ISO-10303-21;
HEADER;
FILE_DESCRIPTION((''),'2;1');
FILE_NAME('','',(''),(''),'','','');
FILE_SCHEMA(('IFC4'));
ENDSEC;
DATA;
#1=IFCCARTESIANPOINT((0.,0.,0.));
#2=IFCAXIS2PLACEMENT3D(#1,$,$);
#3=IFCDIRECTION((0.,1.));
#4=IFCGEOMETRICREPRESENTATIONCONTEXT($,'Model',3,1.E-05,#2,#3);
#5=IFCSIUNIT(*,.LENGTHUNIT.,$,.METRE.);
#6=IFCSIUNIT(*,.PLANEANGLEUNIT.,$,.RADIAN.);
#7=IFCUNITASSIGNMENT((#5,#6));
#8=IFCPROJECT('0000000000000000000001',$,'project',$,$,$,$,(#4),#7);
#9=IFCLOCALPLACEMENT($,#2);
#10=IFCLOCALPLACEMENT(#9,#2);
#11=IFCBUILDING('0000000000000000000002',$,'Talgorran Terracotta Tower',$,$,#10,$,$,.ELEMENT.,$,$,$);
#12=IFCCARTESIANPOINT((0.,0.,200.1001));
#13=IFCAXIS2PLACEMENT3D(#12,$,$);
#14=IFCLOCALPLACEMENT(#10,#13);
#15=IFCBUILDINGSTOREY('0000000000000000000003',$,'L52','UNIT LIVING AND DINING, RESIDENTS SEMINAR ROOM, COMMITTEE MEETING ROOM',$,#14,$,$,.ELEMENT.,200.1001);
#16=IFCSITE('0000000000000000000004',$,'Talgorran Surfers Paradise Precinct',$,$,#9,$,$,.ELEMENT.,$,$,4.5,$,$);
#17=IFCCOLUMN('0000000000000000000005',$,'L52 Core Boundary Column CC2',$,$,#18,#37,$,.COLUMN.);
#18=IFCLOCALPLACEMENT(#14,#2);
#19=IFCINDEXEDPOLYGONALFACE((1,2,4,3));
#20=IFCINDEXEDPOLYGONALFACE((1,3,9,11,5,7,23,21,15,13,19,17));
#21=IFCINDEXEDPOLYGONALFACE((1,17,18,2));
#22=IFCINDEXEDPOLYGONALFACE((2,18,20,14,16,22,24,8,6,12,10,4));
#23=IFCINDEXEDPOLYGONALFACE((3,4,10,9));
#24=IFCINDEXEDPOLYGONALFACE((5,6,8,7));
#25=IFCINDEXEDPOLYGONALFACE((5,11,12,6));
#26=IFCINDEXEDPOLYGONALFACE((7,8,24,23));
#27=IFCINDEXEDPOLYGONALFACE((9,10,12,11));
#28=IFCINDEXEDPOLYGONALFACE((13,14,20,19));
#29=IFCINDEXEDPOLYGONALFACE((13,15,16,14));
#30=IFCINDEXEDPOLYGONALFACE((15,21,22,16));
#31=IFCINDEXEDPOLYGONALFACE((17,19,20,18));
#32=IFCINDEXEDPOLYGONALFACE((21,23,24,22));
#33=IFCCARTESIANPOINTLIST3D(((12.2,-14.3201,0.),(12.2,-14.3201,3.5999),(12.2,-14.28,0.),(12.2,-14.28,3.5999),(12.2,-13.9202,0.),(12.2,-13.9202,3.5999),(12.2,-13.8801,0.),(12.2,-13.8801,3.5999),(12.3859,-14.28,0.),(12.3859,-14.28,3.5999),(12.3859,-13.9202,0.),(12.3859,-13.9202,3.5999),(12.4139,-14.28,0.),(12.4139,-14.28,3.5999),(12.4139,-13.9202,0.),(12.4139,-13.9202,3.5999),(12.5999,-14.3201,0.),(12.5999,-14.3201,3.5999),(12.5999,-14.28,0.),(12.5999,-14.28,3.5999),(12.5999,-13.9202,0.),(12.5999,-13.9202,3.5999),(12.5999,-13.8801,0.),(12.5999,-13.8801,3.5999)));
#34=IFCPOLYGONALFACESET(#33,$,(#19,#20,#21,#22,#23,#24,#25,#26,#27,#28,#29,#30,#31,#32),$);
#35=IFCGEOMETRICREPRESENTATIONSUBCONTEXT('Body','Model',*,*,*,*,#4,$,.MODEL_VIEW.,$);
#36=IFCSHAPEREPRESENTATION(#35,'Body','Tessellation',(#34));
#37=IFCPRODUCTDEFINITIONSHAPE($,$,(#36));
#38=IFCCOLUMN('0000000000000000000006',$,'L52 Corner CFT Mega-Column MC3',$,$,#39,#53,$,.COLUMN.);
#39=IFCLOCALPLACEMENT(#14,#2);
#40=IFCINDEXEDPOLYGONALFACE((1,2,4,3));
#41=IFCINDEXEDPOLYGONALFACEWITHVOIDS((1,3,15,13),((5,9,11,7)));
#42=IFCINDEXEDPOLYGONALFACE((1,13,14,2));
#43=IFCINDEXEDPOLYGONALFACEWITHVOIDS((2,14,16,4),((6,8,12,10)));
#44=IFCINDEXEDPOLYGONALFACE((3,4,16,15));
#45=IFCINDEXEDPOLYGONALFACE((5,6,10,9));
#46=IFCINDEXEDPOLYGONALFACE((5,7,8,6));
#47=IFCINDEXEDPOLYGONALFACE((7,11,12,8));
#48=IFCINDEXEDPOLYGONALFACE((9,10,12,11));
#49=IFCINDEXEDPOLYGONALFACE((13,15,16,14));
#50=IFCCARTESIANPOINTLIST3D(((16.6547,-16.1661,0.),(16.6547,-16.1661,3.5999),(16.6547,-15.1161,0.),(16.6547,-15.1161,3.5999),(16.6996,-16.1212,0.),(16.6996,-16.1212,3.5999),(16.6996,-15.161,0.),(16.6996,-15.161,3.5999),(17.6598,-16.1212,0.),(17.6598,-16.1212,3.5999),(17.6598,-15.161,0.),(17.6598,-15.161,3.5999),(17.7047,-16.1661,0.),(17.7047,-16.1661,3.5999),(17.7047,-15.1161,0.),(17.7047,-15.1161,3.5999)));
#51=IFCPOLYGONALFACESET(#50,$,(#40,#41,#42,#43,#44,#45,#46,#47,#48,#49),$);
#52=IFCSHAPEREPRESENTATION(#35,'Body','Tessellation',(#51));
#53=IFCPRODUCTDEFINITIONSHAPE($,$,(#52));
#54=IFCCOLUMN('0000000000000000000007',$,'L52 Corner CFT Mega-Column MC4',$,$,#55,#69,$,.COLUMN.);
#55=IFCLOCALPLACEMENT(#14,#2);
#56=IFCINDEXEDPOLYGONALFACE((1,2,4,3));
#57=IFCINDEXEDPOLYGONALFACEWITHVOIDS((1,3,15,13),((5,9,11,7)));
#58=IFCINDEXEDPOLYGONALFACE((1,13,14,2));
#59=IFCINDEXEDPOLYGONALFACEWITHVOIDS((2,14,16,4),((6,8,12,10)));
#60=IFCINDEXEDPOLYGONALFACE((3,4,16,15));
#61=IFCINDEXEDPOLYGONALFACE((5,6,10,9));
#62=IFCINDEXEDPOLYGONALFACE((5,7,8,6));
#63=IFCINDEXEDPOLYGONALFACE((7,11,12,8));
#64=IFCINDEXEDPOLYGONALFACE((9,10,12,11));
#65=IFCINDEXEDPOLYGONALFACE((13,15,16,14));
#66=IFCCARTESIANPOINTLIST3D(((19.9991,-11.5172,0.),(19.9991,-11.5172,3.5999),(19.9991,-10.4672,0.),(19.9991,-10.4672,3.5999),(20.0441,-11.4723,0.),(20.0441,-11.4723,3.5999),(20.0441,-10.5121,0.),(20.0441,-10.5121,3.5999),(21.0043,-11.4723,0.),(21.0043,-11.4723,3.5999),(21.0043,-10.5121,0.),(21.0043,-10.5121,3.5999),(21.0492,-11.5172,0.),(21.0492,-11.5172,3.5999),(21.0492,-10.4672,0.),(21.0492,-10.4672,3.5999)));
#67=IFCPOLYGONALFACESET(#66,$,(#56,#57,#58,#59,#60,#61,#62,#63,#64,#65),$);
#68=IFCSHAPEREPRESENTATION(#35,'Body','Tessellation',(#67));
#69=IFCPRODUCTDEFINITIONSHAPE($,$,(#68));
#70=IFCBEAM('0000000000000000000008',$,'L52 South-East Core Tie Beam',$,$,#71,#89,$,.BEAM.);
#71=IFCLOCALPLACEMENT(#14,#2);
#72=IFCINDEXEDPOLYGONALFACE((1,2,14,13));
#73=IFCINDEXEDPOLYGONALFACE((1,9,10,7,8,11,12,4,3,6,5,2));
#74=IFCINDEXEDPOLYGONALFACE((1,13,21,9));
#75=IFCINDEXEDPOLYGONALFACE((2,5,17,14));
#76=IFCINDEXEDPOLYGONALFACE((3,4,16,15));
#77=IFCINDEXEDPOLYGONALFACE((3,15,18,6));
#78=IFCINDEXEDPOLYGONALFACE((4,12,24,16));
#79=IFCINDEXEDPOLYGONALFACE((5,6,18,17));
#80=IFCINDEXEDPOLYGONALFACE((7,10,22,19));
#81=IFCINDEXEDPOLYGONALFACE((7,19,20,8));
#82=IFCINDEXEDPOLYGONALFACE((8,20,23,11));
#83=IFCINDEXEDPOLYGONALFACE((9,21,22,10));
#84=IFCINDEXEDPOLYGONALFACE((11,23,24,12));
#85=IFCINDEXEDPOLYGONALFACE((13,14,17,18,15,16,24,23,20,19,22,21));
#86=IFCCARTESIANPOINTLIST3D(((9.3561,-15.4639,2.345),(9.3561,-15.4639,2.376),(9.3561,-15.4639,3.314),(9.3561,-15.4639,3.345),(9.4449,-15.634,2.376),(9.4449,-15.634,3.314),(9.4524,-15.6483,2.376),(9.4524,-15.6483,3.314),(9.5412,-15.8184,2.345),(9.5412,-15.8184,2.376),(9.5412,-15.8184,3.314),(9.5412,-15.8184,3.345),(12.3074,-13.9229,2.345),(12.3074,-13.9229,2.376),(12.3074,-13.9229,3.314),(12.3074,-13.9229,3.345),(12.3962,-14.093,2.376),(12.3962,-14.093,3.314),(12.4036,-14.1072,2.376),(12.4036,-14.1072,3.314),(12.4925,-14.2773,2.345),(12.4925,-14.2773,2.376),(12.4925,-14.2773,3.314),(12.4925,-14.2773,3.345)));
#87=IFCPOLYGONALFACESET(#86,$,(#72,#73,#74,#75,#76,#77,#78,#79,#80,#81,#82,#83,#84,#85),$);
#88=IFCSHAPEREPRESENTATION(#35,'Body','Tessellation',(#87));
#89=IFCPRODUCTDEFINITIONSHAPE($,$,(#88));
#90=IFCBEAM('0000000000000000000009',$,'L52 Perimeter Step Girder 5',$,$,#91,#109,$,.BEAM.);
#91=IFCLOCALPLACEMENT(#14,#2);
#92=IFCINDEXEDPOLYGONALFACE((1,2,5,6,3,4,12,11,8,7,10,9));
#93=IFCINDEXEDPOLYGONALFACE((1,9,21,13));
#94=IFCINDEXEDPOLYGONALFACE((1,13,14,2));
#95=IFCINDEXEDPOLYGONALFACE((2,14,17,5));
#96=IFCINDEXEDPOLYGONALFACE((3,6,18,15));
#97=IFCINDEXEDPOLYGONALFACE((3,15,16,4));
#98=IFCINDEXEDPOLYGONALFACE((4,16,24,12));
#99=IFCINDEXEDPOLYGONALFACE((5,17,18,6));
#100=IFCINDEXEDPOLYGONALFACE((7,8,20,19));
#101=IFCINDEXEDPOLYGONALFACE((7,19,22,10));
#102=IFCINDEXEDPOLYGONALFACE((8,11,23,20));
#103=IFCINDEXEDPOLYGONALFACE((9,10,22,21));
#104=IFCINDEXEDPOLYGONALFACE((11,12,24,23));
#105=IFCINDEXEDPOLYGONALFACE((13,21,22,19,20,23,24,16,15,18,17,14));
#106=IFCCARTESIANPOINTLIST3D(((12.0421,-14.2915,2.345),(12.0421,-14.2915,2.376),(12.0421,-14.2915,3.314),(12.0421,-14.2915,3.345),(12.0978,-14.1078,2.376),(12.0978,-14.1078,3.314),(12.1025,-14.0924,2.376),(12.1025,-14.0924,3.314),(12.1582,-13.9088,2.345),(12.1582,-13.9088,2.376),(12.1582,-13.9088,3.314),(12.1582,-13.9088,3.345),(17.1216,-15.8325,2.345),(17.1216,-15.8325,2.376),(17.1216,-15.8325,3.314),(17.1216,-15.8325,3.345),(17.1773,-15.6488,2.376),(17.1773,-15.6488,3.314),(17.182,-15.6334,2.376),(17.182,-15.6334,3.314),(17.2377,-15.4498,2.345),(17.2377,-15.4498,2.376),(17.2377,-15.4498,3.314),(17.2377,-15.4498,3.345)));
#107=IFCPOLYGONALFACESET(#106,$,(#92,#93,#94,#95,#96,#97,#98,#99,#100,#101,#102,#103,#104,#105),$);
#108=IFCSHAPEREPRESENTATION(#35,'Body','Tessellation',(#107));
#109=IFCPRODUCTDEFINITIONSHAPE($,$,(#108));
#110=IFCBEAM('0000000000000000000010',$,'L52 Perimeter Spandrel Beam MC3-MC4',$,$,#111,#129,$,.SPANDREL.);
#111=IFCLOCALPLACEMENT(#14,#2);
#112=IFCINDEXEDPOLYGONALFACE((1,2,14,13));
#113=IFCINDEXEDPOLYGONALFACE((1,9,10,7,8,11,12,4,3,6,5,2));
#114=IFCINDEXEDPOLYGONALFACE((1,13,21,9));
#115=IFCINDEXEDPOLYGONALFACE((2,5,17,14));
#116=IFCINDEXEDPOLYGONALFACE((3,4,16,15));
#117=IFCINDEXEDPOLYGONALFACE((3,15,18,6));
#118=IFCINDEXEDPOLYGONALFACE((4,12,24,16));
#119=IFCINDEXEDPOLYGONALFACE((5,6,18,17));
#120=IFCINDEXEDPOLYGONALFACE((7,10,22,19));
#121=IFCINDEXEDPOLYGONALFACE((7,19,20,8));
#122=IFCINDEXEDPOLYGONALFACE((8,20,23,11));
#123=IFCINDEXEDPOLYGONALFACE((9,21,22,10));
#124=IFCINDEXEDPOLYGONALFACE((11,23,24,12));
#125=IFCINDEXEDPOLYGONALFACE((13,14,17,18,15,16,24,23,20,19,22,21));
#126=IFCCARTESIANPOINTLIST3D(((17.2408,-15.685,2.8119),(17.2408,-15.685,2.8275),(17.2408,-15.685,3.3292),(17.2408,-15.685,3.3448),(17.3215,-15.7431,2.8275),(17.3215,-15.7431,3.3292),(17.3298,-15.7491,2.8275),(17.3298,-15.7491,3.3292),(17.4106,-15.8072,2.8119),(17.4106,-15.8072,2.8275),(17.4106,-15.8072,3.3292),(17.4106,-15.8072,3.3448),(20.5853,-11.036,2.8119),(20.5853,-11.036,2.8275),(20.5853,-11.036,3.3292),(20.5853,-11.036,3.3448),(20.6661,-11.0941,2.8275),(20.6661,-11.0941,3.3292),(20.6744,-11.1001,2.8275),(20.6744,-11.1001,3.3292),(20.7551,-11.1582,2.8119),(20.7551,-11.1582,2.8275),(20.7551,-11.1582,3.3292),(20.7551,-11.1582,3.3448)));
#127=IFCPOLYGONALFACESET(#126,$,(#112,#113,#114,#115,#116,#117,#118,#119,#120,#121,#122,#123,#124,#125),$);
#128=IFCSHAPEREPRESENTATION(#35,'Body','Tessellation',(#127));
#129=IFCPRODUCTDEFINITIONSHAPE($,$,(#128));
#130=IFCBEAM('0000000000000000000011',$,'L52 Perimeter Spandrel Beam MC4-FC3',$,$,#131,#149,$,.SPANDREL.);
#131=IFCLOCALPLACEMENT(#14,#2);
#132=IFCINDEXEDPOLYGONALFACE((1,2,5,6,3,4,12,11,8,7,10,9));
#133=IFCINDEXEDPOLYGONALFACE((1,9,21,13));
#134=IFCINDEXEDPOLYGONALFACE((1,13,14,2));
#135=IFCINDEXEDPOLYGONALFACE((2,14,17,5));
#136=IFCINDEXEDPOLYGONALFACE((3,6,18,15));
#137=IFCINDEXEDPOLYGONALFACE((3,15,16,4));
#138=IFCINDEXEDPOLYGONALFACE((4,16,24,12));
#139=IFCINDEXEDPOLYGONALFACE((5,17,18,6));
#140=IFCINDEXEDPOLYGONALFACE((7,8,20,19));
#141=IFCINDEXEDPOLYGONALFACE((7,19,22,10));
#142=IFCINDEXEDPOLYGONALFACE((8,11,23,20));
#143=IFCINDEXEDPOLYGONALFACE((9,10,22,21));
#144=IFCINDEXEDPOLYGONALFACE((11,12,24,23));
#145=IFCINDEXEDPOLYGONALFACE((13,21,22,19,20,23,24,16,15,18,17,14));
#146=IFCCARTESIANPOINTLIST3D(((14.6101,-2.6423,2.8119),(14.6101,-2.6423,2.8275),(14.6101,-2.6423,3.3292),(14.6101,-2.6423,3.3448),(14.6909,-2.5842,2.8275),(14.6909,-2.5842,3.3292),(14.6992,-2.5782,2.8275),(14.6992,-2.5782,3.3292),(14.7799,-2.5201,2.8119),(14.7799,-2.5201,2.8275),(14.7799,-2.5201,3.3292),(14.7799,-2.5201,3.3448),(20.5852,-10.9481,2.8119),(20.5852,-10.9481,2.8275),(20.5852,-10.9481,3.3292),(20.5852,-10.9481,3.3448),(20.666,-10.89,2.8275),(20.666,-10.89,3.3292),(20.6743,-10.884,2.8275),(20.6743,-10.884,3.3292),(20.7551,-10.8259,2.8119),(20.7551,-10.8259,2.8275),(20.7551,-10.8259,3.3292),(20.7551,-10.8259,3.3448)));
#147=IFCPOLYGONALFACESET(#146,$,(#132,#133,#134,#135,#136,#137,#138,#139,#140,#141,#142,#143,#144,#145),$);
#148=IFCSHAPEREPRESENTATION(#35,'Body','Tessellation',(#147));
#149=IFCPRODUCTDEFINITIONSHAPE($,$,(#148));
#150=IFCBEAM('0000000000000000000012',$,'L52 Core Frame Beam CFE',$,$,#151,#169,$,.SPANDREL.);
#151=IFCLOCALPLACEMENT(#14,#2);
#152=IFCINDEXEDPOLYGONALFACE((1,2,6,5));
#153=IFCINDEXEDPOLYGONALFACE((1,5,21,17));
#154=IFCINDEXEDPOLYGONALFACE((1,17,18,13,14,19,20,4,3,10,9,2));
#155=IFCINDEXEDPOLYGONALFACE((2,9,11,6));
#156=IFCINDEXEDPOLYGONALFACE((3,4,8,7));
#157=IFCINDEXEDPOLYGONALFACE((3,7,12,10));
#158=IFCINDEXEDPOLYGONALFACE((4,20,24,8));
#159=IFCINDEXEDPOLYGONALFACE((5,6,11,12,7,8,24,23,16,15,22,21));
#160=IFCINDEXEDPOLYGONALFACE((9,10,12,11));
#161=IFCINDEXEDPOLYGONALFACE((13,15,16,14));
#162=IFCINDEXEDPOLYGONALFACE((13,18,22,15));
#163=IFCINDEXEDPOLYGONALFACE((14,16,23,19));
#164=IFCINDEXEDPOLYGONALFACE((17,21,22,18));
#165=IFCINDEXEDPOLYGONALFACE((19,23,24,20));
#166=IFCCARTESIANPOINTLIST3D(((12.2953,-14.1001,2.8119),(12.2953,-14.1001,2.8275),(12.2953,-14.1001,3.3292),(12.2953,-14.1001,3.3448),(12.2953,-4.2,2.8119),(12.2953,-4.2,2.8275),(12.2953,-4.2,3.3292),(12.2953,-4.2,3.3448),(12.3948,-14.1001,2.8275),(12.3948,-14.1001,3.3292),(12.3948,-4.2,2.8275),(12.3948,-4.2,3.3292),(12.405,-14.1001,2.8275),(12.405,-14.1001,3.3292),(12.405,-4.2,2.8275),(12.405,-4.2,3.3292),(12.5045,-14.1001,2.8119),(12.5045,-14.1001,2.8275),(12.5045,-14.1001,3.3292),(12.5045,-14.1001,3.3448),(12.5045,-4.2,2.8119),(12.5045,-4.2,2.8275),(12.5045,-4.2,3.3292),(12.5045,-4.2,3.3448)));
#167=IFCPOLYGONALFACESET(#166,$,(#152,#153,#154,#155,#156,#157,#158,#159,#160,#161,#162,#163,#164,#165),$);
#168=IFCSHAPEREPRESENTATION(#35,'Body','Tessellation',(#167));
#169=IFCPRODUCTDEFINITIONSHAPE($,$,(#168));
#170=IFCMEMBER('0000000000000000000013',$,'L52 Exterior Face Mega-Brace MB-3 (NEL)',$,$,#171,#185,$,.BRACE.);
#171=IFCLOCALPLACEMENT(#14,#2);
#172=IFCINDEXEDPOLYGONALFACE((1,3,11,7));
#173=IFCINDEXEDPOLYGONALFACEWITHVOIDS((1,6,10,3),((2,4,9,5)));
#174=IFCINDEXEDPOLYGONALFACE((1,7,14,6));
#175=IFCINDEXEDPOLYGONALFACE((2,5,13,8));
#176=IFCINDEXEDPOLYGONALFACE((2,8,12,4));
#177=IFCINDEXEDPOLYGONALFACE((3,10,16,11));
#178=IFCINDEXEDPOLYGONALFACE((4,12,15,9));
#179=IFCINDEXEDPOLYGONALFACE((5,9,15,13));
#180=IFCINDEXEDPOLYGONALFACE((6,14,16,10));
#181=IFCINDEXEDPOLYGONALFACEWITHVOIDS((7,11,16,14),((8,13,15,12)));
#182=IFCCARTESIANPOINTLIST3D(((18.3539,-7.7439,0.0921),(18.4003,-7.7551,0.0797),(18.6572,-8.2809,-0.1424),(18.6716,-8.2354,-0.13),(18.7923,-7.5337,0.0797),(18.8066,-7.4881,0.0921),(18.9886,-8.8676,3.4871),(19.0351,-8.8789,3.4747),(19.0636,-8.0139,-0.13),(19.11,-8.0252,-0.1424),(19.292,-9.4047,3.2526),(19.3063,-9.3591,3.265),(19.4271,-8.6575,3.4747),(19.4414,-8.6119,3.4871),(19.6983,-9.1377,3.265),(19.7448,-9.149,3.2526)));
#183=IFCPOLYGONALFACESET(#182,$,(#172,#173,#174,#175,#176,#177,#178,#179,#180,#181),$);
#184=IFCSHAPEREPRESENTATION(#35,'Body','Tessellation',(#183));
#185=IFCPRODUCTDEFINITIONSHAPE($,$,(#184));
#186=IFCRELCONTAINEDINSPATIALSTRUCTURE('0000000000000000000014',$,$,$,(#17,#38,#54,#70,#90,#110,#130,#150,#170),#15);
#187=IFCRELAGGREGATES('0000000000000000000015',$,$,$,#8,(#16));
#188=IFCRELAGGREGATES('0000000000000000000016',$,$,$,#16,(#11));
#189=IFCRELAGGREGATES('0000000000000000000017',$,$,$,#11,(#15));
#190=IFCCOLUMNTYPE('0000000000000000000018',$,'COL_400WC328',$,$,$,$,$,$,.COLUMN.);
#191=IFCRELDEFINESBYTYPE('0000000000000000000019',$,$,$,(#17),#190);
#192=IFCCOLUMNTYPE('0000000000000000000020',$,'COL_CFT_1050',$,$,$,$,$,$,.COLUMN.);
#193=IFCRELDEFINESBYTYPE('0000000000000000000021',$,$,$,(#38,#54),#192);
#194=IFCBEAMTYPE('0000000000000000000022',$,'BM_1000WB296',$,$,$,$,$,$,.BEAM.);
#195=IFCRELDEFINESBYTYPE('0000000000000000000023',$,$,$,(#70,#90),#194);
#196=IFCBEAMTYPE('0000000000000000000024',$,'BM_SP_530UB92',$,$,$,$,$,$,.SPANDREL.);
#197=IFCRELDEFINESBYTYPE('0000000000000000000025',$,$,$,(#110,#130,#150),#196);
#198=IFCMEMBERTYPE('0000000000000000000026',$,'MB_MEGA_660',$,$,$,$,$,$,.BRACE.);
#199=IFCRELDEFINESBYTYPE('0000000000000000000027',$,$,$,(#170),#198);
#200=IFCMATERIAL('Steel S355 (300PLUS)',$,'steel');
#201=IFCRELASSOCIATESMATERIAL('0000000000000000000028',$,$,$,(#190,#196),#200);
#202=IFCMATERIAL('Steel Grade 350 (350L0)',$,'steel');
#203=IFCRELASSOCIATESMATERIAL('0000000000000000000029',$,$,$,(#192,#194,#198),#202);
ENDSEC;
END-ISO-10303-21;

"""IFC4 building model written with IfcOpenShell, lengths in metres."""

from ifc_helpers import new_model, si_unit, direction, frame, origin, origin_2d, place, context, subcontext, project, spatial, hollow_rectangle, i_section, extrude, material, material_profile, profile_set, type_object, element, save


model = new_model("IFC4")

# Units and contexts
model_context = context("Model", 3, precision=1e-05, world=origin(), true_north=direction((0.0, 1.0)))
body_context = subcontext(model_context, "Body", "Model", "MODEL_VIEW")
ifc_project = project(units=[si_unit("LENGTHUNIT", "METRE"), si_unit("PLANEANGLEUNIT", "RADIAN")], contexts=[model_context])

# Site, building, storey
site_placement = place(None, origin())
site = spatial("IfcSite", under=ifc_project, at=site_placement, Name="Talgorran Surfers Paradise Precinct", CompositionType="ELEMENT", RefElevation=4.5)
building_placement = place(site_placement, origin())
building = spatial("IfcBuilding", under=site, at=building_placement, Name="Talgorran Terracotta Tower", CompositionType="ELEMENT")
storey_placement = place(building_placement, frame((0.0, 0.0, 200.1001)))
storey = spatial("IfcBuildingStorey", under=building, at=storey_placement, Name="L52", Description="UNIT LIVING AND DINING, RESIDENTS SEMINAR ROOM, COMMITTEE MEETING ROOM", CompositionType="ELEMENT", Elevation=200.1001)

# Columns
ifc_material_1 = material(Name="Steel S355 (300PLUS)", Category="steel")
ifc_material_profile_1 = material_profile(ifc_material_1, i_section(OverallWidth=0.3999, OverallDepth=0.4399, WebThickness=0.0281, FlangeThickness=0.04, at=origin_2d()), Name="400WC328")
ifc_profile_set_1 = profile_set([ifc_material_profile_1], Name="Steel S355 (300PLUS)")
column_type_1 = type_object("IfcColumnType", Name="COL_400WC328", PredefinedType="COLUMN", material=ifc_profile_set_1)
column_placement = place(storey_placement, frame((12.3999, -14.1001, 0.0), z_axis=(0.0, 0.0, 1.0), x_axis=(1.0, 0.0, 0.0)))
element("IfcColumn", 1, at=column_placement, inside=storey, type_object=column_type_1, Name="L52 Core Boundary Column CC2", PredefinedType="COLUMN", context=body_context, shape_type="SweptSolid", body=[
    extrude(i_section(OverallWidth=0.3999, OverallDepth=0.4399, WebThickness=0.0281, FlangeThickness=0.04, at=origin_2d()), origin(), (0.0, 0.0, 1.0), 3.5999),
])
ifc_material_2 = material(Name="Steel Grade 350 (350L0)", Category="steel")
ifc_material_profile_2 = material_profile(ifc_material_2, hollow_rectangle(XDim=1.05, YDim=1.05, WallThickness=0.0449, at=origin_2d()), Name="CFT1050X1050X45")
ifc_profile_set_2 = profile_set([ifc_material_profile_2], Name="Steel Grade 350 (350L0)")
column_type_2 = type_object("IfcColumnType", Name="COL_CFT_1050", PredefinedType="COLUMN", material=ifc_profile_set_2)
for number, where, z_axis, x_axis, name in (
    (2, (17.1797, -15.6411, 0.0), (0.0, 0.0, 1.0), (1.0, 0.0, 0.0), "L52 Corner CFT Mega-Column MC3"),
    (3, (20.5242, -10.9922, 0.0), (0.0, 0.0, 1.0), (1.0, 0.0, 0.0), "L52 Corner CFT Mega-Column MC4"),
):
    element("IfcColumn", number, at=place(storey_placement, frame(where, z_axis=z_axis, x_axis=x_axis)), inside=storey, type_object=column_type_2, Name=name, PredefinedType="COLUMN", context=body_context, shape_type="SweptSolid", body=[
        extrude(hollow_rectangle(XDim=1.05, YDim=1.05, WallThickness=0.0449, at=origin_2d()), origin(), (0.0, 0.0, 1.0), 3.5999),
    ])

# Beams
ifc_material_profile_3 = material_profile(ifc_material_2, i_section(OverallWidth=0.3999, OverallDepth=1.0, WebThickness=0.0161, FlangeThickness=0.031, at=origin_2d()), Name="1000WB296")
ifc_profile_set_3 = profile_set([ifc_material_profile_3], Name="Steel Grade 350 (350L0)")
beam_type_1 = type_object("IfcBeamType", Name="BM_1000WB296", PredefinedType="BEAM", material=ifc_profile_set_3)
beam_1_placement = place(storey_placement, frame((12.3999, -14.1001, 2.845), z_axis=(-0.886428, -0.462867, 0.0), x_axis=(0.462867, -0.886428, 0.0)))
element("IfcBeam", 4, at=beam_1_placement, inside=storey, type_object=beam_type_1, Name="L52 South-East Core Tie Beam", PredefinedType="BEAM", context=body_context, shape_type="SweptSolid", body=[
    extrude(i_section(OverallWidth=0.3999, OverallDepth=1.0, WebThickness=0.0161, FlangeThickness=0.031, at=origin_2d()), origin(), (0.0, 0.0, 1.0), 3.3293),
])
beam_2_placement = place(storey_placement, frame((17.1797, -15.6411, 2.845), z_axis=(-0.956933, 0.290309, 0.0), x_axis=(-0.290309, -0.956933, 0.0)))
element("IfcBeam", 5, at=beam_2_placement, inside=storey, type_object=beam_type_1, Name="L52 Perimeter Step Girder 5", PredefinedType="BEAM", context=body_context, shape_type="SweptSolid", body=[
    extrude(i_section(OverallWidth=0.3999, OverallDepth=1.0, WebThickness=0.0161, FlangeThickness=0.031, at=origin_2d()), origin(), (0.0, 0.0, 1.0), 5.3081),
])
ifc_material_profile_4 = material_profile(ifc_material_1, i_section(OverallWidth=0.2092, OverallDepth=0.533, WebThickness=0.0103, FlangeThickness=0.0156, at=origin_2d()), Name="530UB92.4")
ifc_profile_set_4 = profile_set([ifc_material_profile_4], Name="Steel S355 (300PLUS)")
beam_type_2 = type_object("IfcBeamType", Name="BM_SP_530UB92", PredefinedType="SPANDREL", material=ifc_profile_set_4)
beam_3_placement = place(storey_placement, frame((17.3257, -15.7461, 3.0784), z_axis=(0.583989, 0.811761, 0.0), x_axis=(-0.811761, 0.583989, 0.0)))
element("IfcBeam", 6, at=beam_3_placement, inside=storey, type_object=beam_type_2, Name="L52 Perimeter Spandrel Beam MC3-MC4", PredefinedType="SPANDREL", context=body_context, shape_type="SweptSolid", body=[
    extrude(i_section(OverallWidth=0.2092, OverallDepth=0.533, WebThickness=0.0103, FlangeThickness=0.0156, at=origin_2d()), origin(), (0.0, 0.0, 1.0), 5.7271),
])
beam_4_placement = place(storey_placement, frame((20.6702, -10.887, 3.0784), z_axis=(-0.583984, 0.811765, 0.0), x_axis=(-0.811765, -0.583984, 0.0)))
element("IfcBeam", 7, at=beam_4_placement, inside=storey, type_object=beam_type_2, Name="L52 Perimeter Spandrel Beam MC4-FC3", PredefinedType="SPANDREL", context=body_context, shape_type="SweptSolid", body=[
    extrude(i_section(OverallWidth=0.2092, OverallDepth=0.533, WebThickness=0.0103, FlangeThickness=0.0156, at=origin_2d()), origin(), (0.0, 0.0, 1.0), 10.2317),
])
beam_5_placement = place(storey_placement, frame((12.3999, -14.1001, 3.0784), z_axis=(0.0, 1.0, 0.0), x_axis=(-1.0, 0.0, 0.0)))
element("IfcBeam", 8, at=beam_5_placement, inside=storey, type_object=beam_type_2, Name="L52 Core Frame Beam CFE", PredefinedType="SPANDREL", context=body_context, shape_type="SweptSolid", body=[
    extrude(i_section(OverallWidth=0.2092, OverallDepth=0.533, WebThickness=0.0103, FlangeThickness=0.0156, at=origin_2d()), origin(), (0.0, 0.0, 1.0), 9.9001),
])

# Member
ifc_material_profile_5 = material_profile(ifc_material_2, hollow_rectangle(XDim=0.52, YDim=0.6599, WallThickness=0.0349, at=origin_2d()), Name="WBOX660X520X35")
ifc_profile_set_5 = profile_set([ifc_material_profile_5], Name="Steel Grade 350 (350L0)")
member_type_1 = type_object("IfcMemberType", Name="MB_MEGA_660", PredefinedType="BRACE", material=ifc_profile_set_5)
member_1_placement = place(storey_placement, frame((18.7319, -7.8845, -0.0251), z_axis=(0.174767, -0.309404, 0.934733), x_axis=(0.8707, 0.491814, 0.0)))
element("IfcMember", 9, at=member_1_placement, inside=storey, type_object=member_type_1, Name="L52 Exterior Face Mega-Brace MB-3 (NEL)", PredefinedType="BRACE", context=body_context, shape_type="SweptSolid", body=[
    extrude(hollow_rectangle(XDim=0.52, YDim=0.6599, WallThickness=0.0349, at=origin_2d()), origin(), (0.0, 0.0, 1.0), 3.6321),
])

save(model, "model.ifc")
